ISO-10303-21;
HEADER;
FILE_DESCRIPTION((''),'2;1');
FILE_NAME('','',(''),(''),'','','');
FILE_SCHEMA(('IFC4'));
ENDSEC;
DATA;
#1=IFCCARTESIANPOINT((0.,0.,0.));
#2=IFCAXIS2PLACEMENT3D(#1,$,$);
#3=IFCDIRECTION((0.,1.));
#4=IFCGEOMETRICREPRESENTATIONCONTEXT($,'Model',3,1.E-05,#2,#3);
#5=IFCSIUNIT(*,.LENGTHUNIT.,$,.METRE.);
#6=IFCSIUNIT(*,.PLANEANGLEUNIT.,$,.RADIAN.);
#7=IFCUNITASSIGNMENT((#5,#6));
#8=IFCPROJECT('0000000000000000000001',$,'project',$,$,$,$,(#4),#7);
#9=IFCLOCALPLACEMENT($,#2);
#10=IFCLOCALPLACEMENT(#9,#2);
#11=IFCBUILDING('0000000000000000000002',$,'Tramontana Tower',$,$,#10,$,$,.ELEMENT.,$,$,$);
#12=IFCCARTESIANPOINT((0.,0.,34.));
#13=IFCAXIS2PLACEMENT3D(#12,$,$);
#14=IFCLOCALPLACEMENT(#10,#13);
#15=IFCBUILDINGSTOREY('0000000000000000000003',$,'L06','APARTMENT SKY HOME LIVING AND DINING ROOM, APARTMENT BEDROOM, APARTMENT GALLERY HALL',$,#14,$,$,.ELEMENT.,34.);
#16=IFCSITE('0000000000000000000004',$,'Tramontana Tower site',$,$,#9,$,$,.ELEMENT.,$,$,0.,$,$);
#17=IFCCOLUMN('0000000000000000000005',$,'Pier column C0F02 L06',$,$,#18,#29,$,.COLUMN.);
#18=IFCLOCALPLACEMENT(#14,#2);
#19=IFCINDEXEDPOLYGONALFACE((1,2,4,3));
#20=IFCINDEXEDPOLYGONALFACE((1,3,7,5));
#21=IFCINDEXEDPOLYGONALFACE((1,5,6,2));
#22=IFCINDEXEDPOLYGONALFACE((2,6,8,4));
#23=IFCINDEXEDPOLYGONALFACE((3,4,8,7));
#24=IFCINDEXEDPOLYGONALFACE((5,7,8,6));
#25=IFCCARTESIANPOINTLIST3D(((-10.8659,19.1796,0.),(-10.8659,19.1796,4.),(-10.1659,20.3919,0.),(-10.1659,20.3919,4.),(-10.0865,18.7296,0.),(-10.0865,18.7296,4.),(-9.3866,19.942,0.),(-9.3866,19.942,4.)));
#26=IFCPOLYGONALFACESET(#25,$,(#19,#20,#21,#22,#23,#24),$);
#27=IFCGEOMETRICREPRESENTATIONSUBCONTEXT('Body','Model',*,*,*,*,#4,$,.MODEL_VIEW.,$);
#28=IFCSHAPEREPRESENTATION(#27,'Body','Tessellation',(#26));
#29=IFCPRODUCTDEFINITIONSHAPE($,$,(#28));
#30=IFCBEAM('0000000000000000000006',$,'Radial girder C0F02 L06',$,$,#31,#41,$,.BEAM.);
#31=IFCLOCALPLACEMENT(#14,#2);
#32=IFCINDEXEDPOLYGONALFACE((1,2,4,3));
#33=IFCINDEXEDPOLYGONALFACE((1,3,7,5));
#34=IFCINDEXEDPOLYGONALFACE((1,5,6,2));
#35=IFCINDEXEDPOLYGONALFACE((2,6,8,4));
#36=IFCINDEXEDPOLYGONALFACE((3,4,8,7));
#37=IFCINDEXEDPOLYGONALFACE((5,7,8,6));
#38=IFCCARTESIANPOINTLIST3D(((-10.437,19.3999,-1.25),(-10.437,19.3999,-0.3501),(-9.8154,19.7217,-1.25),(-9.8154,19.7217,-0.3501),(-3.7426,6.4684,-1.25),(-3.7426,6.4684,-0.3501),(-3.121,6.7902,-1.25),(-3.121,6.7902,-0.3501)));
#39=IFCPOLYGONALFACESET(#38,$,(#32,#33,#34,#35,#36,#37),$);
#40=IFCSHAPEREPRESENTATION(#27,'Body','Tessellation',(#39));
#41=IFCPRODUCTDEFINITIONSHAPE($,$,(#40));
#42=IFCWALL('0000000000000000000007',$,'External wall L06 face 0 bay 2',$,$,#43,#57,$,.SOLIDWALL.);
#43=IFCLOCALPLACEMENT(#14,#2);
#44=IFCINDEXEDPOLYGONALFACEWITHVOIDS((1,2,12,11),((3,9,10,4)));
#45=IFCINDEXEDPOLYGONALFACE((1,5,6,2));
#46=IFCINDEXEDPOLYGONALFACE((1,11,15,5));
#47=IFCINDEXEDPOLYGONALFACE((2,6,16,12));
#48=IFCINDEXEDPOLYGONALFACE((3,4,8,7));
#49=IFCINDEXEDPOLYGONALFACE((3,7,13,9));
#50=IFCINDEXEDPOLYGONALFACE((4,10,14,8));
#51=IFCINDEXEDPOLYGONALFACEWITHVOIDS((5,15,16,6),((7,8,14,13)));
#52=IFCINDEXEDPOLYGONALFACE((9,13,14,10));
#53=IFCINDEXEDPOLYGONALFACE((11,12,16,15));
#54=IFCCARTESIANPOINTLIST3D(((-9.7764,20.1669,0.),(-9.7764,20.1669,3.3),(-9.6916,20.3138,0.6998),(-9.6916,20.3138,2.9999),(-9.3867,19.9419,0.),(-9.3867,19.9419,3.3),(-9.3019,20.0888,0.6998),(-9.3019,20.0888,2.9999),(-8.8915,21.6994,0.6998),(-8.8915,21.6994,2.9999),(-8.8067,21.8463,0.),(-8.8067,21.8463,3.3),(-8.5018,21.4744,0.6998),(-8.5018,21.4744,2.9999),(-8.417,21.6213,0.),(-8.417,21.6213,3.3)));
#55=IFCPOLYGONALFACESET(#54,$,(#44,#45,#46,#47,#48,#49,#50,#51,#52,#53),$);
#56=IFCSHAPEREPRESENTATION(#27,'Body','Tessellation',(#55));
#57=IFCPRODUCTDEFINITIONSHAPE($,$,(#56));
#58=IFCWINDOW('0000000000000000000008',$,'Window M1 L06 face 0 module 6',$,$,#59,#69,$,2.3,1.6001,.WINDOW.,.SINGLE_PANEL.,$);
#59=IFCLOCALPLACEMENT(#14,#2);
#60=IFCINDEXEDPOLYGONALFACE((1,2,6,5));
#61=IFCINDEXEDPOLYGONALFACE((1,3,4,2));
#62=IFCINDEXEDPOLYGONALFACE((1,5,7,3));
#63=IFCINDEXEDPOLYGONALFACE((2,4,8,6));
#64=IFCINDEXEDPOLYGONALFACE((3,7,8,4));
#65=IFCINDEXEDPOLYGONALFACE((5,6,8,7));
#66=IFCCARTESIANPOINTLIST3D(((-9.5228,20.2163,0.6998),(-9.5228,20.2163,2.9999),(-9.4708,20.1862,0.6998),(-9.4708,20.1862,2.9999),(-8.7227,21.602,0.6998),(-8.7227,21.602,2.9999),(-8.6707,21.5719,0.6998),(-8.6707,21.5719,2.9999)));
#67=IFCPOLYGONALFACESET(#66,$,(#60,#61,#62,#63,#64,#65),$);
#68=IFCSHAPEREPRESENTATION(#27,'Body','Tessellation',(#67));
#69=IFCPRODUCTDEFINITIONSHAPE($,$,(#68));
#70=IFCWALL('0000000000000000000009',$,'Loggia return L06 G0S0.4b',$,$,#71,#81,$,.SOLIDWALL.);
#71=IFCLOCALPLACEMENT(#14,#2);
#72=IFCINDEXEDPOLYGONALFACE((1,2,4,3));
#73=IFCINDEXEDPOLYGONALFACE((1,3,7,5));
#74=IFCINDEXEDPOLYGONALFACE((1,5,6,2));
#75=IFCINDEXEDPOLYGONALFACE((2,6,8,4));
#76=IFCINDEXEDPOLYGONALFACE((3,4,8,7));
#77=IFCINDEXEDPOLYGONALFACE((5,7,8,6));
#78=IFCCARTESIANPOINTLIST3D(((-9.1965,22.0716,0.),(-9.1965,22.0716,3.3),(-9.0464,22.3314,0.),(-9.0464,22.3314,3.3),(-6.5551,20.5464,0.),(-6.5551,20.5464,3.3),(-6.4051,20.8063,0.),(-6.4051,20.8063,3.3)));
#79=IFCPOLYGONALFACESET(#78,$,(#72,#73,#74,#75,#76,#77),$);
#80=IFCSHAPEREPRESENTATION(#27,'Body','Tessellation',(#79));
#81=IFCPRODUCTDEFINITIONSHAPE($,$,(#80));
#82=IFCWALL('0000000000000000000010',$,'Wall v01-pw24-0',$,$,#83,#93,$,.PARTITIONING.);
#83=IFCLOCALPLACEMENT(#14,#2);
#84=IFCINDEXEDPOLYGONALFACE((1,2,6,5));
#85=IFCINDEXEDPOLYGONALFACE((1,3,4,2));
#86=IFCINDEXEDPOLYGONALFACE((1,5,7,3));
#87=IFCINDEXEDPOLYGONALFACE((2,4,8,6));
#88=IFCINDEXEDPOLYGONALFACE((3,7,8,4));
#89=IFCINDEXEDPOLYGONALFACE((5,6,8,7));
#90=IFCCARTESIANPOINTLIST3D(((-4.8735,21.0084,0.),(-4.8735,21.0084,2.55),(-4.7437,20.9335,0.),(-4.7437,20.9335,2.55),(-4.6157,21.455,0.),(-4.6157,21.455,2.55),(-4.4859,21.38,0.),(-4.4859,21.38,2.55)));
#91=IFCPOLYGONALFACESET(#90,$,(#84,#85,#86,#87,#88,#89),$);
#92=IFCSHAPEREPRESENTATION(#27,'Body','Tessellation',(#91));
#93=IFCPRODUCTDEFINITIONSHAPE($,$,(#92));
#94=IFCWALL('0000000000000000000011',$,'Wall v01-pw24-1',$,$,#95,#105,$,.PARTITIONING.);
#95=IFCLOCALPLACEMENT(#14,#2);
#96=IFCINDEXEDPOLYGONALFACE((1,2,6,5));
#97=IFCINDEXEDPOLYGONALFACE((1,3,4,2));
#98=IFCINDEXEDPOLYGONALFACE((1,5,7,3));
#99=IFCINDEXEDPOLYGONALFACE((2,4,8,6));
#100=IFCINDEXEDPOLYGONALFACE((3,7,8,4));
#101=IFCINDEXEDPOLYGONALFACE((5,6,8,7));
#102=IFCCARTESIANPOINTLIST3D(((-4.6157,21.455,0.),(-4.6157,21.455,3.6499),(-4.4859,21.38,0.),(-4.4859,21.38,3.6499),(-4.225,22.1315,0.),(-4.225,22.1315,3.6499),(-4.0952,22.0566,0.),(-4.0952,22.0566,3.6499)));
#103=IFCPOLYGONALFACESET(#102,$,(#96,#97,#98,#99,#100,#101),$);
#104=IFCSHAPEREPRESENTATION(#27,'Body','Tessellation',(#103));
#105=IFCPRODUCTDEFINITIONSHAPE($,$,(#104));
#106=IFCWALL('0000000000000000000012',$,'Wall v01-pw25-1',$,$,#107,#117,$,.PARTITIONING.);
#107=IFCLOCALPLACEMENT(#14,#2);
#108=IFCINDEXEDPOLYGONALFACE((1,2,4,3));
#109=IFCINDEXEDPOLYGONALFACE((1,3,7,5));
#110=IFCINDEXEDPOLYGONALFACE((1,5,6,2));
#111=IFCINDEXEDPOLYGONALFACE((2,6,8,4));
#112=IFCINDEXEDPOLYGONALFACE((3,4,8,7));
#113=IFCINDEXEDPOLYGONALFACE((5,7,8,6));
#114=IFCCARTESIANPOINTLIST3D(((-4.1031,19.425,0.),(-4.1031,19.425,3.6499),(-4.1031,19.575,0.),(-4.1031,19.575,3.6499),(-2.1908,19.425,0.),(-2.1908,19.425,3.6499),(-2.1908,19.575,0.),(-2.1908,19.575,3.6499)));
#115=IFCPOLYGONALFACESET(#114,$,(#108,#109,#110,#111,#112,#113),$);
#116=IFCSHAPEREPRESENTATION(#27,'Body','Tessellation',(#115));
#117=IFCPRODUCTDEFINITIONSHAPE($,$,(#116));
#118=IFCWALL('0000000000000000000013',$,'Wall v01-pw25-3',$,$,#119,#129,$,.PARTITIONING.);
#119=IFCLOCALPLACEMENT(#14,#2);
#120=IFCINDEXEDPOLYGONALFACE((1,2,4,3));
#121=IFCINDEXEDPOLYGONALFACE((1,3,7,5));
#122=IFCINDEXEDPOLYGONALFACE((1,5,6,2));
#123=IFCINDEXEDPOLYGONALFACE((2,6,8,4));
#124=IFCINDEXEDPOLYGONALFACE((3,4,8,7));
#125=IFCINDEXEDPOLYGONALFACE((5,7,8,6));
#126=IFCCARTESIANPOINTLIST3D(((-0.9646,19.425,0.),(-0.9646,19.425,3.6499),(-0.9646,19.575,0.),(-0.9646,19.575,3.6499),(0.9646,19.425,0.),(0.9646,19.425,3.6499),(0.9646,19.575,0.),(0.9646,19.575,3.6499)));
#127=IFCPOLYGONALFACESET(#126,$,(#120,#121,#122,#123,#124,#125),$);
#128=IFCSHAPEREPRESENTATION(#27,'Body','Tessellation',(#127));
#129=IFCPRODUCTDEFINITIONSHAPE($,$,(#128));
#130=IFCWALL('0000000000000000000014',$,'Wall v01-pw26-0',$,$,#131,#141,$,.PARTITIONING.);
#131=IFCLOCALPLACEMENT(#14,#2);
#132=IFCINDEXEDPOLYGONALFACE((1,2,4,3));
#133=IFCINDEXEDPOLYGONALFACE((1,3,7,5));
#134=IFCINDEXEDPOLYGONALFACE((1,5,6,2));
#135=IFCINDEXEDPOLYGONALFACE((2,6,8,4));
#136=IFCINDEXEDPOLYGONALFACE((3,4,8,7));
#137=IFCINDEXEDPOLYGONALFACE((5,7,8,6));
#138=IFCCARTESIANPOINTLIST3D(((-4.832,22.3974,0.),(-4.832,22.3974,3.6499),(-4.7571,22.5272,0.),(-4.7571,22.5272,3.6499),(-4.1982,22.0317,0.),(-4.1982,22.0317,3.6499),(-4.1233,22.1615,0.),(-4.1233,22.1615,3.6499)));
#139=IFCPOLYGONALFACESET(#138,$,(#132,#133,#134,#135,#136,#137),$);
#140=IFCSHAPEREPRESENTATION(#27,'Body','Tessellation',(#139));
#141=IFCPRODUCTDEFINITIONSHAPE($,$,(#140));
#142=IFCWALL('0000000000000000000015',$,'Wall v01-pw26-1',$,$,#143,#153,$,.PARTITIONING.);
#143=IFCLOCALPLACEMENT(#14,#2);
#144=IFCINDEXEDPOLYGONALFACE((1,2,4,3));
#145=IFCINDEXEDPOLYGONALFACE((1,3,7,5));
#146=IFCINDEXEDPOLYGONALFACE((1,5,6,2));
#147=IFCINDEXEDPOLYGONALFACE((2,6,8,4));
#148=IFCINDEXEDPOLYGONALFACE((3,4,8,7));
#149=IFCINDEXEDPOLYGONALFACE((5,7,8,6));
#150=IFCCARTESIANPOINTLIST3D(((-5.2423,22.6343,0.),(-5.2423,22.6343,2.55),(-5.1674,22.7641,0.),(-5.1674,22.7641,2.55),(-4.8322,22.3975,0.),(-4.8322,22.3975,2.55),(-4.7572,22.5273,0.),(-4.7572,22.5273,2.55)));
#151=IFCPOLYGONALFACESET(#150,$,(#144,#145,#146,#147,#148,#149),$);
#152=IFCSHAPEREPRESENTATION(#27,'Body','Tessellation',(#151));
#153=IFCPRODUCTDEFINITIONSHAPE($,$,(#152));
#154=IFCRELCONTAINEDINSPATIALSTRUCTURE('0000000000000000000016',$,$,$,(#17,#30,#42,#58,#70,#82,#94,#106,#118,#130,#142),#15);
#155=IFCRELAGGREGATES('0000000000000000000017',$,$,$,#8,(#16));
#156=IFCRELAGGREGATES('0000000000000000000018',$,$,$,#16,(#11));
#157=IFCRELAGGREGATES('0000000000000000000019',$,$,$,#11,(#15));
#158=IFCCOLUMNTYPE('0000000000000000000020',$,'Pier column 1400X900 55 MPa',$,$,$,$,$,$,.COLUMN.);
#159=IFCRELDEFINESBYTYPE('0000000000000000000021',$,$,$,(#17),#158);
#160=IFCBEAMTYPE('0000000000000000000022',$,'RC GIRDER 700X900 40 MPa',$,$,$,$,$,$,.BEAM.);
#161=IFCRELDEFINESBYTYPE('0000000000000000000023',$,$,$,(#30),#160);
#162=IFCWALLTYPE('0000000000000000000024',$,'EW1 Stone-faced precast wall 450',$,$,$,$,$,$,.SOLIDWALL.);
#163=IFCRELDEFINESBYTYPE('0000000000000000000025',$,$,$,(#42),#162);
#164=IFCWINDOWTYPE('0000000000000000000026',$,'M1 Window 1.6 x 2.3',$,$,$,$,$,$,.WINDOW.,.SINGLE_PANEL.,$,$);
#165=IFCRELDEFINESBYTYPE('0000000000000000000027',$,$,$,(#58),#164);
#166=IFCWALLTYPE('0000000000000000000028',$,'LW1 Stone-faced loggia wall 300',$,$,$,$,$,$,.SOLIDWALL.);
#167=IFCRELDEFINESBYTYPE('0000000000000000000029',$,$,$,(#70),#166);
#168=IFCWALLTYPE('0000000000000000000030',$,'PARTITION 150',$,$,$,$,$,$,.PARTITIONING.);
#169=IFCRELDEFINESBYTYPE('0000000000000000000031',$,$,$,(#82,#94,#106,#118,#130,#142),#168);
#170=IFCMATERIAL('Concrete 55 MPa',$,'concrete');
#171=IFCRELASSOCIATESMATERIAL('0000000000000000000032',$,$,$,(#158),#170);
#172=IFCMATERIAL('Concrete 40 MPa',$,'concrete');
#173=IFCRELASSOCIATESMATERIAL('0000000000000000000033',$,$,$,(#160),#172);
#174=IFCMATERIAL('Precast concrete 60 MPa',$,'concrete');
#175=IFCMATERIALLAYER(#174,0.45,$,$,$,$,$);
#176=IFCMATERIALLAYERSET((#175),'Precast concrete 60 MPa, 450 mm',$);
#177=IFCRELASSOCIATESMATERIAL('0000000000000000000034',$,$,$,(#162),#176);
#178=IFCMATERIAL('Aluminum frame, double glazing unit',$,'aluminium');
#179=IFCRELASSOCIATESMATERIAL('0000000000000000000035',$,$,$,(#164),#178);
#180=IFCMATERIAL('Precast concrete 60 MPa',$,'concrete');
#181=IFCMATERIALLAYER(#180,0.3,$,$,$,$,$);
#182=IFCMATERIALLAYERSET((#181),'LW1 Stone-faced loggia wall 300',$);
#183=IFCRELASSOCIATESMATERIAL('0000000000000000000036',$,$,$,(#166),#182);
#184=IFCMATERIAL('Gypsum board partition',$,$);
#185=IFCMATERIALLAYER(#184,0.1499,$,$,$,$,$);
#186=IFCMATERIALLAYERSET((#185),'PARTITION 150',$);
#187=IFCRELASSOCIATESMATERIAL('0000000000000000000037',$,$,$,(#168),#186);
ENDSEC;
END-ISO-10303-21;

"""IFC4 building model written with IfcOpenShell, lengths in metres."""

from ifc_helpers import new_model, si_unit, direction, frame, frame_2d, origin, origin_2d, place, context, subcontext, project, spatial, rectangle, extrude, material, layer, layer_set, material_profile, profile_set, type_object, element, fill, save


model = new_model("IFC4")

# Units and contexts
model_context = context("Model", 3, precision=1e-05, world=origin(), true_north=direction((0.0, 1.0)))
body_context = subcontext(model_context, "Body", "Model", "MODEL_VIEW")
ifc_project = project(units=[si_unit("LENGTHUNIT", "METRE"), si_unit("PLANEANGLEUNIT", "RADIAN")], contexts=[model_context])

# Site, building, storey
site_placement = place(None, origin())
site = spatial("IfcSite", under=ifc_project, at=site_placement, Name="Tramontana Tower site", CompositionType="ELEMENT", RefElevation=0.0)
building_placement = place(site_placement, origin())
building = spatial("IfcBuilding", under=site, at=building_placement, Name="Tramontana Tower", CompositionType="ELEMENT")
storey_placement = place(building_placement, frame((0.0, 0.0, 34.0)))
storey = spatial("IfcBuildingStorey", under=building, at=storey_placement, Name="L06", Description="APARTMENT SKY HOME LIVING AND DINING ROOM, APARTMENT BEDROOM, APARTMENT GALLERY HALL", CompositionType="ELEMENT", Elevation=34.0)

# Column
ifc_material_1 = material(Name="Concrete 55 MPa", Category="concrete")
ifc_material_profile_1 = material_profile(ifc_material_1, rectangle(XDim=1.3999, YDim=0.8999, at=origin_2d()), Name="Pier column 1400X900 55 MPa")
ifc_profile_set_1 = profile_set([ifc_material_profile_1], Name="Concrete 55 MPa")
column_type = type_object("IfcColumnType", Name="Pier column 1400X900 55 MPa", PredefinedType="COLUMN", material=ifc_profile_set_1)
column_placement = place(storey_placement, frame((-10.1262, 19.5608, 0.0), z_axis=(0.0, 0.0, 1.0), x_axis=(-0.5, -0.866025, 0.0)))
element("IfcColumn", 1, at=column_placement, inside=storey, type_object=column_type, Name="Pier column C0F02 L06", PredefinedType="COLUMN", context=body_context, shape_type="SweptSolid", body=[
    extrude(rectangle(XDim=1.3999, YDim=0.8999, at=origin_2d()), origin(), (0.0, 0.0, 1.0), 4.0),
])

# Beam
ifc_material_2 = material(Name="Concrete 40 MPa", Category="concrete")
ifc_material_profile_2 = material_profile(ifc_material_2, rectangle(XDim=0.7, YDim=0.8999, at=origin_2d()), Name="RC GIRDER 700X900 40 MPa")
ifc_profile_set_2 = profile_set([ifc_material_profile_2], Name="Concrete 40 MPa")
beam_type = type_object("IfcBeamType", Name="RC GIRDER 700X900 40 MPa", PredefinedType="BEAM", material=ifc_profile_set_2)
beam_placement = place(storey_placement, frame((-10.1262, 19.5608, -0.8), z_axis=(0.459731, -0.888058, 0.0), x_axis=(0.888058, 0.459731, 0.0)))
element("IfcBeam", 2, at=beam_placement, inside=storey, type_object=beam_type, Name="Radial girder C0F02 L06", PredefinedType="BEAM", context=body_context, shape_type="SweptSolid", body=[
    extrude(rectangle(XDim=0.7, YDim=0.8999, at=origin_2d()), origin(), (0.0, 0.0, 1.0), 14.5615),
])

# Wall, opening, window
ifc_material_3 = material(Name="Precast concrete 60 MPa", Category="concrete")
ifc_layer_1 = layer(ifc_material_3, 0.45)
ifc_layer_set_1 = layer_set([ifc_layer_1], Name="Precast concrete 60 MPa, 450 mm")
wall_type_1 = type_object("IfcWallType", Name="EW1 Stone-faced precast wall 450", PredefinedType="SOLIDWALL", material=ifc_layer_set_1)
wall_1_placement = place(storey_placement, frame((-8.6118, 21.7339, 0.0), z_axis=(0.0, 0.0, 1.0), x_axis=(-0.500038, -0.866003, 0.0)))
wall_1 = element("IfcWall", 3, at=wall_1_placement, inside=storey, type_object=wall_type_1, Name="External wall L06 face 0 bay 2", PredefinedType="SOLIDWALL", context=body_context, shape_type="SweptSolid", body=[
    extrude(rectangle(XDim=1.9392, YDim=0.45, at=frame_2d((0.9697, 0.0))), origin(), (0.0, 0.0, 1.0), 3.3),
])
opening_1_placement = place(wall_1_placement, frame((0.1697, 0.0, 0.7)))
opening_1 = element("IfcOpeningElement", 4, at=opening_1_placement, cuts=wall_1, PredefinedType="OPENING", context=body_context, shape_type="SweptSolid", body=[
    extrude(rectangle(XDim=1.6001, YDim=2.3, at=frame_2d((0.8, 1.1499))), frame((0.0, 0.2349, 0.0), z_axis=(0.0, -1.0, 0.0), x_axis=(1.0, 0.0, 0.0)), (0.0, 0.0, 1.0), 0.47),
])
ifc_material_4 = material(Name="Aluminum frame, double glazing unit", Category="aluminium")
window_type = type_object("IfcWindowType", Name="M1 Window 1.6 x 2.3", PartitioningType="SINGLE_PANEL", PredefinedType="WINDOW", material=ifc_material_4)
window_placement = place(opening_1_placement, origin())
window = element("IfcWindow", 5, at=window_placement, inside=storey, type_object=window_type, Name="Window M1 L06 face 0 module 6", OverallHeight=2.3, OverallWidth=1.6001, PartitioningType="SINGLE_PANEL", PredefinedType="WINDOW", context=body_context, shape_type="SweptSolid", body=[
    extrude(rectangle(XDim=1.6001, YDim=2.3, at=frame_2d((0.8, 1.1499))), frame((0.0, 0.03, 0.0), z_axis=(0.0, -1.0, 0.0), x_axis=(1.0, 0.0, 0.0)), (0.0, 0.0, 1.0), 0.0601),
])
fill(opening_1, window)

# Shared definitions
ifc_material_5 = material(Name="Precast concrete 60 MPa", Category="concrete")
ifc_layer_2 = layer(ifc_material_5, 0.3)
ifc_layer_set_2 = layer_set([ifc_layer_2], Name="LW1 Stone-faced loggia wall 300")
wall_type_2 = type_object("IfcWallType", Name="LW1 Stone-faced loggia wall 300", PredefinedType="SOLIDWALL", material=ifc_layer_set_2)

# Walls
wall_2_placement = place(storey_placement, frame((-9.1213, 22.2014, 0.0), z_axis=(0.0, 0.0, 1.0), x_axis=(0.866003, -0.500039, 0.0)))
element("IfcWall", 6, at=wall_2_placement, inside=storey, type_object=wall_type_2, Name="Loggia return L06 G0S0.4b", PredefinedType="SOLIDWALL", context=body_context, shape_type="SweptSolid", body=[
    extrude(rectangle(XDim=3.05, YDim=0.3, at=frame_2d((1.5249, 0.0))), origin(), (0.0, 0.0, 1.0), 3.3),
])
ifc_material_6 = material(Name="Gypsum board partition")
ifc_layer_3 = layer(ifc_material_6, 0.1499)
ifc_layer_set_3 = layer_set([ifc_layer_3], Name="PARTITION 150")
wall_type_3 = type_object("IfcWallType", Name="PARTITION 150", PredefinedType="PARTITIONING", material=ifc_layer_set_3)
wall_3_placement = place(storey_placement, frame((-4.8086, 20.9709, 0.0), z_axis=(0.0, 0.0, 1.0), x_axis=(0.500009, 0.86602, 0.0)))
element("IfcWall", 7, at=wall_3_placement, inside=storey, type_object=wall_type_3, Name="Wall v01-pw24-0", PredefinedType="PARTITIONING", context=body_context, shape_type="SweptSolid", body=[
    extrude(rectangle(XDim=0.5156, YDim=0.1499, at=frame_2d((0.2578, 0.0))), origin(), (0.0, 0.0, 1.0), 2.55),
])
wall_4_placement = place(storey_placement, frame((-4.5508, 21.4175, 0.0), z_axis=(0.0, 0.0, 1.0), x_axis=(0.500038, 0.866003, 0.0)))
element("IfcWall", 8, at=wall_4_placement, inside=storey, type_object=wall_type_3, Name="Wall v01-pw24-1", PredefinedType="PARTITIONING", context=body_context, shape_type="SweptSolid", body=[
    extrude(rectangle(XDim=0.7812, YDim=0.1499, at=frame_2d((0.3906, 0.0))), origin(), (0.0, 0.0, 1.0), 3.6499),
])
wall_5_placement = place(storey_placement, frame((-4.103, 19.5, 0.0), z_axis=(0.0, 0.0, 1.0), x_axis=(1.0, 0.0, 0.0)))
element("IfcWall", 9, at=wall_5_placement, inside=storey, type_object=wall_type_3, Name="Wall v01-pw25-1", PredefinedType="PARTITIONING", context=body_context, shape_type="SweptSolid", body=[
    extrude(rectangle(XDim=1.9124, YDim=0.1499, at=frame_2d((0.9561, 0.0))), origin(), (0.0, 0.0, 1.0), 3.6499),
])

# Walls
wall_6_placement = place(storey_placement, frame((-0.9646, 19.5, 0.0), z_axis=(0.0, 0.0, 1.0), x_axis=(1.0, 0.0, 0.0)))
element("IfcWall", 10, at=wall_6_placement, inside=storey, type_object=wall_type_3, Name="Wall v01-pw25-3", PredefinedType="PARTITIONING", context=body_context, shape_type="SweptSolid", body=[
    extrude(rectangle(XDim=1.9292, YDim=0.1499, at=frame_2d((0.9646, 0.0))), origin(), (0.0, 0.0, 1.0), 3.6499),
])
wall_7_placement = place(storey_placement, frame((-4.1609, 22.0967, 0.0), z_axis=(0.0, 0.0, 1.0), x_axis=(-0.866141, 0.499799, 0.0)))
element("IfcWall", 11, at=wall_7_placement, inside=storey, type_object=wall_type_3, Name="Wall v01-pw26-0", PredefinedType="PARTITIONING", context=body_context, shape_type="SweptSolid", body=[
    extrude(rectangle(XDim=0.7317, YDim=0.1499, at=frame_2d((0.3657, 0.0))), origin(), (0.0, 0.0, 1.0), 3.6499),
])
wall_8_placement = place(storey_placement, frame((-4.7947, 22.4624, 0.0), z_axis=(0.0, 0.0, 1.0), x_axis=(-0.866014, 0.50002, 0.0)))
element("IfcWall", 12, at=wall_8_placement, inside=storey, type_object=wall_type_3, Name="Wall v01-pw26-1", PredefinedType="PARTITIONING", context=body_context, shape_type="SweptSolid", body=[
    extrude(rectangle(XDim=0.4736, YDim=0.1499, at=frame_2d((0.2368, 0.0))), origin(), (0.0, 0.0, 1.0), 2.55),
])

save(model, "model.ifc")
